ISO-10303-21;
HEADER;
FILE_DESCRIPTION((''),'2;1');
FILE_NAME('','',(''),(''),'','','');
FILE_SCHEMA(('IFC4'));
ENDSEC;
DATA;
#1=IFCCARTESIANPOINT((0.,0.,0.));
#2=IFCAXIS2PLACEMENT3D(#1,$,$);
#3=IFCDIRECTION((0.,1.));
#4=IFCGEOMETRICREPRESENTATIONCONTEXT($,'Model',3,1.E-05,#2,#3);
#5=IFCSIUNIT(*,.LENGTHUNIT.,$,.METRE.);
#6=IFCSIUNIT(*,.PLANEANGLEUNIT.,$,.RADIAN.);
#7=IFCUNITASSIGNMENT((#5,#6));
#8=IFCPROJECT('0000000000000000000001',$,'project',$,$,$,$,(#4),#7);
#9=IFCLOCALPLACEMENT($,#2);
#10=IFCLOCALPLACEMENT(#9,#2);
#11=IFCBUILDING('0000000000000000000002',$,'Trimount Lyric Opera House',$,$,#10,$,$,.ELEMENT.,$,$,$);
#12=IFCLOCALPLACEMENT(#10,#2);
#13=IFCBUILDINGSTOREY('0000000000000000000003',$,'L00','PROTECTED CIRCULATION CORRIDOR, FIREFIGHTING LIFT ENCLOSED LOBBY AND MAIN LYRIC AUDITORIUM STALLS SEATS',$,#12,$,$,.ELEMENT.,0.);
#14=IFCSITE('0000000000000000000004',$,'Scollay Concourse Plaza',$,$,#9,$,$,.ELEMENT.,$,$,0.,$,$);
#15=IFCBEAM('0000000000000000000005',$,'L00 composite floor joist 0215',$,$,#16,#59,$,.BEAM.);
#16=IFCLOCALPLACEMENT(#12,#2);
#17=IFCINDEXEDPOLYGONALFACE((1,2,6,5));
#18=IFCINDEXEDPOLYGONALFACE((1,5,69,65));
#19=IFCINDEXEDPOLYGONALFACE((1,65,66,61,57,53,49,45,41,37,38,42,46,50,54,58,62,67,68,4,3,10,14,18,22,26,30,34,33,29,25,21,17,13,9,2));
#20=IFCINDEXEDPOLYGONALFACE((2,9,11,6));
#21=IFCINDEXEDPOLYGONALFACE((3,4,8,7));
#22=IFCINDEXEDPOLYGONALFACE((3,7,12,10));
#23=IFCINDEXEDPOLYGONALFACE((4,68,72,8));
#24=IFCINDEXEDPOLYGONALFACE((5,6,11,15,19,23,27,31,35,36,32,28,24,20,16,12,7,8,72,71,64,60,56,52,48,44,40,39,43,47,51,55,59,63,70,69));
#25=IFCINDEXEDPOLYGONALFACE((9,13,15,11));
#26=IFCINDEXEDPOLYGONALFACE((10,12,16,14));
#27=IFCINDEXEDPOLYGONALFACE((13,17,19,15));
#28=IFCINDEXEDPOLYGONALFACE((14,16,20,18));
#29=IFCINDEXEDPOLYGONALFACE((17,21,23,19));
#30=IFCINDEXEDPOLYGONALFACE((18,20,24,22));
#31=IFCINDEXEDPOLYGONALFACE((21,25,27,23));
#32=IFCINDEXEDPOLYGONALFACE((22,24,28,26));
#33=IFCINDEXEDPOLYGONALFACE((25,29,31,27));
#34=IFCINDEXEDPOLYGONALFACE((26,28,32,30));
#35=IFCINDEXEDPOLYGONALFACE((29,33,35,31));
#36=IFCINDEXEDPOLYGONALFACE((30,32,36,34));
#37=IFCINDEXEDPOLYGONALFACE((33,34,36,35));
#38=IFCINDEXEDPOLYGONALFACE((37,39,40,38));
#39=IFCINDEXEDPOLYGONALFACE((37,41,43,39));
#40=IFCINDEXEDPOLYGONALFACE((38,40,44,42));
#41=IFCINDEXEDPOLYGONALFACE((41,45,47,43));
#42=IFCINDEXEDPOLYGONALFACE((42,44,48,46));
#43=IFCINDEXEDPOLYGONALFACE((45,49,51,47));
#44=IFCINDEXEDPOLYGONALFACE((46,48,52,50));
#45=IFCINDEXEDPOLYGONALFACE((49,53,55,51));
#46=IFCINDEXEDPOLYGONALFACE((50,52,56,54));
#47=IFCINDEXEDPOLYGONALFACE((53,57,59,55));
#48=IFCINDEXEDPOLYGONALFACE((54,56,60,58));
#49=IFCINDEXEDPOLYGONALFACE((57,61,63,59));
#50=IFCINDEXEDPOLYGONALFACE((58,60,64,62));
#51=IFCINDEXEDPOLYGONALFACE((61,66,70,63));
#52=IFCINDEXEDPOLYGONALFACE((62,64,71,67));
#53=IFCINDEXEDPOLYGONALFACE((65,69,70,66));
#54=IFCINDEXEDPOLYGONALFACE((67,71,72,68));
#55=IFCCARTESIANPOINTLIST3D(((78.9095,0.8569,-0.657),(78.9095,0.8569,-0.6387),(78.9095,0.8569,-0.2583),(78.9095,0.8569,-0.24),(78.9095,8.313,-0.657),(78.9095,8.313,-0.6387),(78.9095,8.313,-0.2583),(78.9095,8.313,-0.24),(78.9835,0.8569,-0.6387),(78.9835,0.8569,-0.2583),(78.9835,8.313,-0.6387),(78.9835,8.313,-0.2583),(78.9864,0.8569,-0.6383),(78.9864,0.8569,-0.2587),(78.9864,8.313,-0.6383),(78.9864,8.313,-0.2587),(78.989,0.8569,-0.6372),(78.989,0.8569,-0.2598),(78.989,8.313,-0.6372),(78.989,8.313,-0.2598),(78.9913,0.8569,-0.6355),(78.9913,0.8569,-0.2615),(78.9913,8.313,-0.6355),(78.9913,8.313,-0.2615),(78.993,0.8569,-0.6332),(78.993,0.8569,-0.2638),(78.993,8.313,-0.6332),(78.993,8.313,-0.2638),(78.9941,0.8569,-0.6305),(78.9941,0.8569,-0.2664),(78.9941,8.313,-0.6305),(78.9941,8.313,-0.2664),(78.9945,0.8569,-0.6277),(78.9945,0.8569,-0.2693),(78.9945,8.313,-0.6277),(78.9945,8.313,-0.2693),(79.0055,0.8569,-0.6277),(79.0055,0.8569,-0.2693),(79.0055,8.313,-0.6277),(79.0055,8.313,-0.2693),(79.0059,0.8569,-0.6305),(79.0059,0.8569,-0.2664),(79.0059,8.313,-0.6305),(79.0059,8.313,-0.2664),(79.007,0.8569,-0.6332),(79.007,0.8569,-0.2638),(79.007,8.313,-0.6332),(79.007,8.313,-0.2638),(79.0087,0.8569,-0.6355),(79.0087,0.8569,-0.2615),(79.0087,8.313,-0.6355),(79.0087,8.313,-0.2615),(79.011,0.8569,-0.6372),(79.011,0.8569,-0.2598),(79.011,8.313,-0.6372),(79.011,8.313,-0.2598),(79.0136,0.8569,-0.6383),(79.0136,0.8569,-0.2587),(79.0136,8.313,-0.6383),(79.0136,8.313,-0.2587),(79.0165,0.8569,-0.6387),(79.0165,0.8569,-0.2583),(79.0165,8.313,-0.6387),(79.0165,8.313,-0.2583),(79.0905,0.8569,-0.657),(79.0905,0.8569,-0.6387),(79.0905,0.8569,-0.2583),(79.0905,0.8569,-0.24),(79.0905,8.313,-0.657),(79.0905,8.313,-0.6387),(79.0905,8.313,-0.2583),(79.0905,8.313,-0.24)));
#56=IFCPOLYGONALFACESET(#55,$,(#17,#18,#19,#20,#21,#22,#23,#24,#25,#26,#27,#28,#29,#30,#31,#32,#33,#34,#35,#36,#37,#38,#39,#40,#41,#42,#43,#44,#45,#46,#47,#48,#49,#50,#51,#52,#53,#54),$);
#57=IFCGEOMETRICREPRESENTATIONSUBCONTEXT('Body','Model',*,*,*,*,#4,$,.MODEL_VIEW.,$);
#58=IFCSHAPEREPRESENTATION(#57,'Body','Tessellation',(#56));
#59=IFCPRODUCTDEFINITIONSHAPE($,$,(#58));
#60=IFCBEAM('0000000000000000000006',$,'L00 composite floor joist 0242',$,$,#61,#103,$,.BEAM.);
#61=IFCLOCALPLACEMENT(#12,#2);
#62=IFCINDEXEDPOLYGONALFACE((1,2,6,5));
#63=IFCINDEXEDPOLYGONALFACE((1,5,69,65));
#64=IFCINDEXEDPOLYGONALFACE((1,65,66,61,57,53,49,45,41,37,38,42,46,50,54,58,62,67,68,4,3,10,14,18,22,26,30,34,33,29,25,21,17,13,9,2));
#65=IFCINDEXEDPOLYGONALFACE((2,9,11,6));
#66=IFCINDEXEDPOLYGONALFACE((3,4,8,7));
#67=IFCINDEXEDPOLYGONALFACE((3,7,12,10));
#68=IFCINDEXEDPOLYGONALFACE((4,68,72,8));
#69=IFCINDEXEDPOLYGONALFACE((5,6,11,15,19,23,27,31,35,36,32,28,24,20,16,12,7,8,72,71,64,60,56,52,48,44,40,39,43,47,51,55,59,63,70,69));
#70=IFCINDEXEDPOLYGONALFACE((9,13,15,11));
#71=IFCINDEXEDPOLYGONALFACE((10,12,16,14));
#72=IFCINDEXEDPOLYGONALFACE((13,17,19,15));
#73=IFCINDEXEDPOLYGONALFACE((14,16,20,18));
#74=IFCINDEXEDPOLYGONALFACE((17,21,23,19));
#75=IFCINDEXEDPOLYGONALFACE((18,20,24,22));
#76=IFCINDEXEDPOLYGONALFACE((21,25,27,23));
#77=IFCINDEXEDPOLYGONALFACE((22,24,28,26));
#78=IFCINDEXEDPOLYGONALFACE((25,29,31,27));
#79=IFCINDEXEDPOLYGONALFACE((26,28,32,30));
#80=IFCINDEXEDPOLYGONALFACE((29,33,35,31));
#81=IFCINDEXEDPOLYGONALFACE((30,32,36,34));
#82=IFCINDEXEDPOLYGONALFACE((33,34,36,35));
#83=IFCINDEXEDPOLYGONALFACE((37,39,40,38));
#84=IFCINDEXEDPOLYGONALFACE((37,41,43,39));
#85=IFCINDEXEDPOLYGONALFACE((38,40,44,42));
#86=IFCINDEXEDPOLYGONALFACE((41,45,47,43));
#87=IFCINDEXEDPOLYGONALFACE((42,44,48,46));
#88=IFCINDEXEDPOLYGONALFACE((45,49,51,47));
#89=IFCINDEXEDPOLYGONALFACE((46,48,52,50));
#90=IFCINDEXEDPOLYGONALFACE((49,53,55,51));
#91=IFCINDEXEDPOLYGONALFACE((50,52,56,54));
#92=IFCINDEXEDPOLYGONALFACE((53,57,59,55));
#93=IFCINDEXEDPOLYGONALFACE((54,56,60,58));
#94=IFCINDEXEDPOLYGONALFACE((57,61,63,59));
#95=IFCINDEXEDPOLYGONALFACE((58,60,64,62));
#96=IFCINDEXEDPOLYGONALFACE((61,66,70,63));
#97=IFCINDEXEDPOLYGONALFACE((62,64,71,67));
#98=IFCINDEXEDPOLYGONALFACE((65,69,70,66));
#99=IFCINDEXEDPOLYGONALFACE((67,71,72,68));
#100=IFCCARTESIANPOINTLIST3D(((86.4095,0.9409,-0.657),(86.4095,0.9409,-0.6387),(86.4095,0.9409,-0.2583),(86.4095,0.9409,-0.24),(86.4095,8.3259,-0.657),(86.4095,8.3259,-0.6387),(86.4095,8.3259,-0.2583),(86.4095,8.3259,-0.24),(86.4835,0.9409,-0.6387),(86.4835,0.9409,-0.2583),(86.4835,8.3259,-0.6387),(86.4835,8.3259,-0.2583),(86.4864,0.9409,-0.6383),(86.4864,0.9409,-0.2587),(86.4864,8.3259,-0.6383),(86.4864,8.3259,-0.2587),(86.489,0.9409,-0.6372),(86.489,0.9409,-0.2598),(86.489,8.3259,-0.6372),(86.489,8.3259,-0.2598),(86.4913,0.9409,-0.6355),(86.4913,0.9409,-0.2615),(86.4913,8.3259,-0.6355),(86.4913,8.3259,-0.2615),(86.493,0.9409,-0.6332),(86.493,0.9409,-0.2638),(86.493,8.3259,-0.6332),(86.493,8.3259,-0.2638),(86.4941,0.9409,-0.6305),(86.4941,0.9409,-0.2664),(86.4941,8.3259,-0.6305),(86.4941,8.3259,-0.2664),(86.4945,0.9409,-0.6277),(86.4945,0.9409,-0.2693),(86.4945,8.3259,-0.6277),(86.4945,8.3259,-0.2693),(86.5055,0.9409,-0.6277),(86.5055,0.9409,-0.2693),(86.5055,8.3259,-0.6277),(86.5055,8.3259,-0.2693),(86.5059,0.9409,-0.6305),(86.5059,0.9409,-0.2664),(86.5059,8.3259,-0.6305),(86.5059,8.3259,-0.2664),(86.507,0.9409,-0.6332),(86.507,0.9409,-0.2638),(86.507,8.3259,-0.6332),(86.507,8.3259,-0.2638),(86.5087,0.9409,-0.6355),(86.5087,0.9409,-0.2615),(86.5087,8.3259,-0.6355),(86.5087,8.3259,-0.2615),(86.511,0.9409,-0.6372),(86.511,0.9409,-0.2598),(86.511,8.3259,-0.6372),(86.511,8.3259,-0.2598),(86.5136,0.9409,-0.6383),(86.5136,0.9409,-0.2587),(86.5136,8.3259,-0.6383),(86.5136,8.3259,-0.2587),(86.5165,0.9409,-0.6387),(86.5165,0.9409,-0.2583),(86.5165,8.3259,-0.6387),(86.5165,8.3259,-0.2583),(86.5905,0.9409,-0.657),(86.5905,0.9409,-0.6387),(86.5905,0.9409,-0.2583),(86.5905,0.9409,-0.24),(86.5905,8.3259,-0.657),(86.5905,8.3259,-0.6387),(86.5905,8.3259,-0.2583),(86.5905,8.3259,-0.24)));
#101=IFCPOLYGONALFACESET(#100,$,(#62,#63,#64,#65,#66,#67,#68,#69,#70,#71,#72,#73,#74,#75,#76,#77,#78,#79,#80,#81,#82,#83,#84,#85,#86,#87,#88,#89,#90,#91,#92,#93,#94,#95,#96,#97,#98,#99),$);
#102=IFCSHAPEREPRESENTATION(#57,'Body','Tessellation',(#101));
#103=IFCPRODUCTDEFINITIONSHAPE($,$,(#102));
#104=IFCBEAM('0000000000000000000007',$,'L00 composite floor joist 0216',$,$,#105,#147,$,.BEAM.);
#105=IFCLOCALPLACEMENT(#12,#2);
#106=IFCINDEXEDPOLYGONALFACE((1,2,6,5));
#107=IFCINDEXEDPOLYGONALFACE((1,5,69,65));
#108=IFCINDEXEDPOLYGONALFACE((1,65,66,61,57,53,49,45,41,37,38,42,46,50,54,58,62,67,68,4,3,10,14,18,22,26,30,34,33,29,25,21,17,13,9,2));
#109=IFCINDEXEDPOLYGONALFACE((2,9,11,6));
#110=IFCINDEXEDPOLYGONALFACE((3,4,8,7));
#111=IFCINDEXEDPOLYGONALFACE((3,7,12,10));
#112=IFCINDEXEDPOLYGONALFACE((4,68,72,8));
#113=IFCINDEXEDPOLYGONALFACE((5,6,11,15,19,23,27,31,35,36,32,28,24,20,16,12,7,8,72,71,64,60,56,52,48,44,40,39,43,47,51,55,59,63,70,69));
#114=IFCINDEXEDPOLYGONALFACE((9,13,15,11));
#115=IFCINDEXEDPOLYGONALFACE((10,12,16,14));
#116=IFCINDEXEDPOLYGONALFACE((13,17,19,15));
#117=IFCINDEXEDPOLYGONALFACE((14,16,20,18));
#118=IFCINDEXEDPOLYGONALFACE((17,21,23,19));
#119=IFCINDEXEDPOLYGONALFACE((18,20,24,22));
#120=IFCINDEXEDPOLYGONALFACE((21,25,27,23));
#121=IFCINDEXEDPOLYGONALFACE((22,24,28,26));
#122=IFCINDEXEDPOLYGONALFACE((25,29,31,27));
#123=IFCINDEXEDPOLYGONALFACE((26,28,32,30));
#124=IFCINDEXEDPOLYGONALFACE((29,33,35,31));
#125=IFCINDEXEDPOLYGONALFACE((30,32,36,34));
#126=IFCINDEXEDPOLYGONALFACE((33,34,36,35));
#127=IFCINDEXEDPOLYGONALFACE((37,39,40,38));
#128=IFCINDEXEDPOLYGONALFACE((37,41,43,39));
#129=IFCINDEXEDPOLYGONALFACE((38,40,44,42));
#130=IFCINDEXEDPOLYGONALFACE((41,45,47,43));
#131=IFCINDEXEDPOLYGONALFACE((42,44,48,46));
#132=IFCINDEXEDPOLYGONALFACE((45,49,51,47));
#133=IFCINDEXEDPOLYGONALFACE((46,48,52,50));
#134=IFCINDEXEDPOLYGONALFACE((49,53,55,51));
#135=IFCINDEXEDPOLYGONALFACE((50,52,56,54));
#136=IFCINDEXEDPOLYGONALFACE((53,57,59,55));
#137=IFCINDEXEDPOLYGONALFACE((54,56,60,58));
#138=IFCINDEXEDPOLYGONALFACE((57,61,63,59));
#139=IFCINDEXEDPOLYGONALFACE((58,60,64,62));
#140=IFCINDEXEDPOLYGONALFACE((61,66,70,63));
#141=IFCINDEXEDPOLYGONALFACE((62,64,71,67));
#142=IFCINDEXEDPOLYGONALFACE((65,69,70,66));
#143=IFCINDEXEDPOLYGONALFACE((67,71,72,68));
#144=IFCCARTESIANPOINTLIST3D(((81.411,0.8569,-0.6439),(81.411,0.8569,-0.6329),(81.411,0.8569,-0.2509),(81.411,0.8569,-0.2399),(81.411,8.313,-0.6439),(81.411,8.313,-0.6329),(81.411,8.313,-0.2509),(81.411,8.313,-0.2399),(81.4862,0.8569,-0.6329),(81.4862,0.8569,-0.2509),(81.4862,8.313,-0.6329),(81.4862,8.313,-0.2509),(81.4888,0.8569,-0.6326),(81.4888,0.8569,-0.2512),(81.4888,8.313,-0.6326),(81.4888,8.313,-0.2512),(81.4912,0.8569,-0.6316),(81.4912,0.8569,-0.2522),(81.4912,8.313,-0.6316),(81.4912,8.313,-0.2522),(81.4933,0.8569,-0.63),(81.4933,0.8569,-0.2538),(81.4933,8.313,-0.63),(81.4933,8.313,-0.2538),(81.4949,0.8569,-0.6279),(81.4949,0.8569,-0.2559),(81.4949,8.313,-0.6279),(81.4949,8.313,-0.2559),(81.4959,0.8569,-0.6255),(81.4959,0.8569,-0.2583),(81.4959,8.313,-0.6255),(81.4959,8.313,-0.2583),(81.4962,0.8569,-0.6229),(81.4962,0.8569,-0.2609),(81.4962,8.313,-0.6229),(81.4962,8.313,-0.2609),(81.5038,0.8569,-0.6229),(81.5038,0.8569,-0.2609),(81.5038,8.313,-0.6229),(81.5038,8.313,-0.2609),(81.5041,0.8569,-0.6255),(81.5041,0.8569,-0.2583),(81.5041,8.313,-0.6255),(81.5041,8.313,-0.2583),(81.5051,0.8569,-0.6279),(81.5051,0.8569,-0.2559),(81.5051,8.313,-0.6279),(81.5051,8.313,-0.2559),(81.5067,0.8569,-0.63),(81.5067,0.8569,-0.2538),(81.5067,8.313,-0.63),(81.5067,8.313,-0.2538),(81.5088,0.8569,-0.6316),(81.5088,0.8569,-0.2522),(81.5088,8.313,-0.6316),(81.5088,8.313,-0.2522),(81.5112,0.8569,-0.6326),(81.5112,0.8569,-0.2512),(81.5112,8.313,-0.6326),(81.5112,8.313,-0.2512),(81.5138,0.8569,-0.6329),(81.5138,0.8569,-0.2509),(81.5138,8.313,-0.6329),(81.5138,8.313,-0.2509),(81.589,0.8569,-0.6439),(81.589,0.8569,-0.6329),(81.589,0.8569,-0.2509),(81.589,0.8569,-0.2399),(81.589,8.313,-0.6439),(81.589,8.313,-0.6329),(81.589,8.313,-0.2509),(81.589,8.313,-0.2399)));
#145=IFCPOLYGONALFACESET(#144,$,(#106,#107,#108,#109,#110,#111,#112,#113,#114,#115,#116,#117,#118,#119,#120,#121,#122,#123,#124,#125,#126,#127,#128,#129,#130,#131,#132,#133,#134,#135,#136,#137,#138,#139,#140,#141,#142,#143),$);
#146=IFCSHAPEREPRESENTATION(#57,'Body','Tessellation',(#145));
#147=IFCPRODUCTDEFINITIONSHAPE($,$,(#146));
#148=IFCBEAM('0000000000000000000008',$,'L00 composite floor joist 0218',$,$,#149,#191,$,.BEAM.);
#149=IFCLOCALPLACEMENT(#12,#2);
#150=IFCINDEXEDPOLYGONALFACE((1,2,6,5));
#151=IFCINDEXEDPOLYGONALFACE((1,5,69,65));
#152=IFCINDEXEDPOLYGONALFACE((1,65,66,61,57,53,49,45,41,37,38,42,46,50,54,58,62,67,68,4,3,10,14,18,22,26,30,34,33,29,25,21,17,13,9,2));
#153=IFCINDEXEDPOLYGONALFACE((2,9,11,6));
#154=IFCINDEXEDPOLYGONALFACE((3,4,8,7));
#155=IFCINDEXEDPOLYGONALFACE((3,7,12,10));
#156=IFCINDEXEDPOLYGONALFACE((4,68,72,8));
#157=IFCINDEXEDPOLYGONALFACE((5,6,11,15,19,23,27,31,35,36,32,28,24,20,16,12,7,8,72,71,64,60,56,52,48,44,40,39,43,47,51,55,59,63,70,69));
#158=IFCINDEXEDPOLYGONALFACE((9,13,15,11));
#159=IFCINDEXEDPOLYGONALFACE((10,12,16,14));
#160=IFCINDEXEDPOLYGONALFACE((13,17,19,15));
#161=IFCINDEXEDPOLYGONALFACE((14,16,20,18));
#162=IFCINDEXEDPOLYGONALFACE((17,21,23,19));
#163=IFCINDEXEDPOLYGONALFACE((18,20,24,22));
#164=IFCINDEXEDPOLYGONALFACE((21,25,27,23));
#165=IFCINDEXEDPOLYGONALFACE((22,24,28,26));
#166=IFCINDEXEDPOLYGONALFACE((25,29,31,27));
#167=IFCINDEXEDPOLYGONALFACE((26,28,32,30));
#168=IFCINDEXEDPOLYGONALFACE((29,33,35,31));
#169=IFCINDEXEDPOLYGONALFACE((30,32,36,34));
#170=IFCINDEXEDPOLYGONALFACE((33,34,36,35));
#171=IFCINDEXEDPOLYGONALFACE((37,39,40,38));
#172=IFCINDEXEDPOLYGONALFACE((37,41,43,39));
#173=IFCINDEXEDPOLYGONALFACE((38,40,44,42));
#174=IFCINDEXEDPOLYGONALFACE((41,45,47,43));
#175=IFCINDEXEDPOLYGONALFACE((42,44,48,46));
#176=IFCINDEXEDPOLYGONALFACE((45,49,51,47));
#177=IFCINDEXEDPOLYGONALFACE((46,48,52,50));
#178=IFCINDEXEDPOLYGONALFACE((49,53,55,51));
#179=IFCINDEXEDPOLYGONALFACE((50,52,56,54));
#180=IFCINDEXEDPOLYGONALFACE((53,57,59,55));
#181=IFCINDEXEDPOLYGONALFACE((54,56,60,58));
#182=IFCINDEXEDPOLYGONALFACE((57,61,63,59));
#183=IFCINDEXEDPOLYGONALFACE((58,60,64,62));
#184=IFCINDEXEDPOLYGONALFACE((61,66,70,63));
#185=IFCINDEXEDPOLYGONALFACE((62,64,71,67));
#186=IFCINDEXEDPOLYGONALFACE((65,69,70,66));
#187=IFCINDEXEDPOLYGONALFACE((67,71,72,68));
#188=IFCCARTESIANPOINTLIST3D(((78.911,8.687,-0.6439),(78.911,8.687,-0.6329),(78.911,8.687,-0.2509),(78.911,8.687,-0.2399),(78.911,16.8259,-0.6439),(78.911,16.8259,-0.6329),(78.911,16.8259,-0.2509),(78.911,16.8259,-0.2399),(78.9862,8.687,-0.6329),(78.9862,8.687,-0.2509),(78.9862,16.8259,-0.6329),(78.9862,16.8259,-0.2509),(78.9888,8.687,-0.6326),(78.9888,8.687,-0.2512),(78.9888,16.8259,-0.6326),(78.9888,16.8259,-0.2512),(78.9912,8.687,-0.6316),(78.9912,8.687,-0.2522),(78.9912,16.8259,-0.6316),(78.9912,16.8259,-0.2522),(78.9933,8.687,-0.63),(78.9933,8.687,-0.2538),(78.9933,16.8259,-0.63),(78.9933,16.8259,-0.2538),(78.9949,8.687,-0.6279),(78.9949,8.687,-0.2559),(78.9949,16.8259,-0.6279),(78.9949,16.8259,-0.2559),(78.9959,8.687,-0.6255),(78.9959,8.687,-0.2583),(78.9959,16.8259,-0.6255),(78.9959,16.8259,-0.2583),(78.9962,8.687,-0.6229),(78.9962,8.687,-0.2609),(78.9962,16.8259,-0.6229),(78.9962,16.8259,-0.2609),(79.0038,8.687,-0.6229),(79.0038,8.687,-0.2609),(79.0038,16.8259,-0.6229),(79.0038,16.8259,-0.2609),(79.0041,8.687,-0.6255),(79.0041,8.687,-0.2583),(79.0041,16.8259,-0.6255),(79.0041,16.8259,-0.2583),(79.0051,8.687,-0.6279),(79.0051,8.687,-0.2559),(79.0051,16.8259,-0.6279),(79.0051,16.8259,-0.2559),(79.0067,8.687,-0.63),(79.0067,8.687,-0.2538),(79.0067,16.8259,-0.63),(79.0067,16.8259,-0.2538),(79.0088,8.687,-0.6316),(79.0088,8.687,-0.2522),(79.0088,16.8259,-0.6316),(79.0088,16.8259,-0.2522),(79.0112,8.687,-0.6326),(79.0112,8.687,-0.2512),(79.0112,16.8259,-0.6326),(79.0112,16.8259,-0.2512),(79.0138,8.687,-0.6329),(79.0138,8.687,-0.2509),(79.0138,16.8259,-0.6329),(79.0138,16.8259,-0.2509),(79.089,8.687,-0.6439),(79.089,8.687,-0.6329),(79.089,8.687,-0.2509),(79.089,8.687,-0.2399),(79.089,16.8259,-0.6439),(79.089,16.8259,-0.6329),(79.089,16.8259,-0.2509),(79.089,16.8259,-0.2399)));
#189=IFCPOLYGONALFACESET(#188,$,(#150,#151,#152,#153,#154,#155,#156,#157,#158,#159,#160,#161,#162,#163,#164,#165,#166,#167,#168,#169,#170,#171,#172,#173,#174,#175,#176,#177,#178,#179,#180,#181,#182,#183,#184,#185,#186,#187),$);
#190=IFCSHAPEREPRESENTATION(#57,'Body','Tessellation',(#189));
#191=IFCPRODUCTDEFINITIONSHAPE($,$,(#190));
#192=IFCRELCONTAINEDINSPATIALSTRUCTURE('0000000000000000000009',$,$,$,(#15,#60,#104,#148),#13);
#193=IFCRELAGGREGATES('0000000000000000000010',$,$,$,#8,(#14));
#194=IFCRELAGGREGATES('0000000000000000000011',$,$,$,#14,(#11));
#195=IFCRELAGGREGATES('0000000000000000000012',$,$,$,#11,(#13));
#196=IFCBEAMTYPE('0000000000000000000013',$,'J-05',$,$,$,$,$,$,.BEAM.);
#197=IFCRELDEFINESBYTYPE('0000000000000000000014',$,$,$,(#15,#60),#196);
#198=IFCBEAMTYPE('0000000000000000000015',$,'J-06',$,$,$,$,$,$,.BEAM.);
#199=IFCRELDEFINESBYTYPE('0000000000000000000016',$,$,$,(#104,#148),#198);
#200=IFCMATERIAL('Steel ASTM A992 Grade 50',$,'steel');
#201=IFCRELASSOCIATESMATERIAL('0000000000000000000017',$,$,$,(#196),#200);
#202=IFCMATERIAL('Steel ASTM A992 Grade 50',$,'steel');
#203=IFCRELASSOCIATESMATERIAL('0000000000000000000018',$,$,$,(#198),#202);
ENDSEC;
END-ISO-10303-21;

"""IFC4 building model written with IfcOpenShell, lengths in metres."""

from ifc_helpers import new_model, si_unit, direction, frame, origin, origin_2d, place, context, subcontext, project, spatial, i_section, extrude, material, material_profile, profile_set, type_object, element, save


model = new_model("IFC4")

# Units and contexts
model_context = context("Model", 3, precision=1e-05, world=origin(), true_north=direction((0.0, 1.0)))
body_context = subcontext(model_context, "Body", "Model", "MODEL_VIEW")
ifc_project = project(units=[si_unit("LENGTHUNIT", "METRE"), si_unit("PLANEANGLEUNIT", "RADIAN")], contexts=[model_context])

# Site, building, storey
site_placement = place(None, origin())
site = spatial("IfcSite", under=ifc_project, at=site_placement, Name="Scollay Concourse Plaza", CompositionType="ELEMENT", RefElevation=0.0)
building_placement = place(site_placement, origin())
building = spatial("IfcBuilding", under=site, at=building_placement, Name="Trimount Lyric Opera House", CompositionType="ELEMENT")
storey_placement = place(building_placement, origin())
storey = spatial("IfcBuildingStorey", under=building, at=storey_placement, Name="L00", Description="PROTECTED CIRCULATION CORRIDOR, FIREFIGHTING LIFT ENCLOSED LOBBY AND MAIN LYRIC AUDITORIUM STALLS SEATS", CompositionType="ELEMENT", Elevation=0.0)

# Beams
ifc_material_1 = material(Name="Steel ASTM A992 Grade 50", Category="steel")
ifc_material_profile_1 = material_profile(ifc_material_1, i_section(OverallWidth=0.1809, OverallDepth=0.417, WebThickness=0.011, FlangeThickness=0.0183, FilletRadius=0.011, at=origin_2d()), Name="W16X57")
ifc_profile_set_1 = profile_set([ifc_material_profile_1], Name="Steel ASTM A992 Grade 50")
beam_type_1 = type_object("IfcBeamType", Name="J-05", PredefinedType="BEAM", material=ifc_profile_set_1)
beam_1_placement = place(storey_placement, frame((79.0, 0.8569, -0.4485), z_axis=(0.0, 1.0, 0.0), x_axis=(-1.0, 0.0, 0.0)))
element("IfcBeam", 1, at=beam_1_placement, inside=storey, type_object=beam_type_1, Name="L00 composite floor joist 0215", PredefinedType="BEAM", context=body_context, shape_type="SweptSolid", body=[
    extrude(i_section(OverallWidth=0.1809, OverallDepth=0.417, WebThickness=0.011, FlangeThickness=0.0183, FilletRadius=0.011, at=origin_2d()), origin(), (0.0, 0.0, 1.0), 7.4561),
])
beam_2_placement = place(storey_placement, frame((86.5, 0.9409, -0.4485), z_axis=(0.0, 1.0, 0.0), x_axis=(-1.0, 0.0, 0.0)))
element("IfcBeam", 2, at=beam_2_placement, inside=storey, type_object=beam_type_1, Name="L00 composite floor joist 0242", PredefinedType="BEAM", context=body_context, shape_type="SweptSolid", body=[
    extrude(i_section(OverallWidth=0.1809, OverallDepth=0.417, WebThickness=0.011, FlangeThickness=0.0183, FilletRadius=0.011, at=origin_2d()), origin(), (0.0, 0.0, 1.0), 7.385),
])
ifc_material_2 = material(Name="Steel ASTM A992 Grade 50", Category="steel")
ifc_material_profile_2 = material_profile(ifc_material_2, i_section(OverallWidth=0.178, OverallDepth=0.4041, WebThickness=0.0076, FlangeThickness=0.011, FilletRadius=0.01, at=origin_2d()), Name="W16X36")
ifc_profile_set_2 = profile_set([ifc_material_profile_2], Name="Steel ASTM A992 Grade 50")
beam_type_2 = type_object("IfcBeamType", Name="J-06", PredefinedType="BEAM", material=ifc_profile_set_2)
beam_3_placement = place(storey_placement, frame((81.5, 0.8569, -0.4419), z_axis=(0.0, 1.0, 0.0), x_axis=(-1.0, 0.0, 0.0)))
element("IfcBeam", 3, at=beam_3_placement, inside=storey, type_object=beam_type_2, Name="L00 composite floor joist 0216", PredefinedType="BEAM", context=body_context, shape_type="SweptSolid", body=[
    extrude(i_section(OverallWidth=0.178, OverallDepth=0.4041, WebThickness=0.0076, FlangeThickness=0.011, FilletRadius=0.01, at=origin_2d()), origin(), (0.0, 0.0, 1.0), 7.4561),
])
beam_4_placement = place(storey_placement, frame((79.0, 8.687, -0.4419), z_axis=(0.0, 1.0, 0.0), x_axis=(-1.0, 0.0, 0.0)))
element("IfcBeam", 4, at=beam_4_placement, inside=storey, type_object=beam_type_2, Name="L00 composite floor joist 0218", PredefinedType="BEAM", context=body_context, shape_type="SweptSolid", body=[
    extrude(i_section(OverallWidth=0.178, OverallDepth=0.4041, WebThickness=0.0076, FlangeThickness=0.011, FilletRadius=0.01, at=origin_2d()), origin(), (0.0, 0.0, 1.0), 8.1389),
])

save(model, "model.ifc")
